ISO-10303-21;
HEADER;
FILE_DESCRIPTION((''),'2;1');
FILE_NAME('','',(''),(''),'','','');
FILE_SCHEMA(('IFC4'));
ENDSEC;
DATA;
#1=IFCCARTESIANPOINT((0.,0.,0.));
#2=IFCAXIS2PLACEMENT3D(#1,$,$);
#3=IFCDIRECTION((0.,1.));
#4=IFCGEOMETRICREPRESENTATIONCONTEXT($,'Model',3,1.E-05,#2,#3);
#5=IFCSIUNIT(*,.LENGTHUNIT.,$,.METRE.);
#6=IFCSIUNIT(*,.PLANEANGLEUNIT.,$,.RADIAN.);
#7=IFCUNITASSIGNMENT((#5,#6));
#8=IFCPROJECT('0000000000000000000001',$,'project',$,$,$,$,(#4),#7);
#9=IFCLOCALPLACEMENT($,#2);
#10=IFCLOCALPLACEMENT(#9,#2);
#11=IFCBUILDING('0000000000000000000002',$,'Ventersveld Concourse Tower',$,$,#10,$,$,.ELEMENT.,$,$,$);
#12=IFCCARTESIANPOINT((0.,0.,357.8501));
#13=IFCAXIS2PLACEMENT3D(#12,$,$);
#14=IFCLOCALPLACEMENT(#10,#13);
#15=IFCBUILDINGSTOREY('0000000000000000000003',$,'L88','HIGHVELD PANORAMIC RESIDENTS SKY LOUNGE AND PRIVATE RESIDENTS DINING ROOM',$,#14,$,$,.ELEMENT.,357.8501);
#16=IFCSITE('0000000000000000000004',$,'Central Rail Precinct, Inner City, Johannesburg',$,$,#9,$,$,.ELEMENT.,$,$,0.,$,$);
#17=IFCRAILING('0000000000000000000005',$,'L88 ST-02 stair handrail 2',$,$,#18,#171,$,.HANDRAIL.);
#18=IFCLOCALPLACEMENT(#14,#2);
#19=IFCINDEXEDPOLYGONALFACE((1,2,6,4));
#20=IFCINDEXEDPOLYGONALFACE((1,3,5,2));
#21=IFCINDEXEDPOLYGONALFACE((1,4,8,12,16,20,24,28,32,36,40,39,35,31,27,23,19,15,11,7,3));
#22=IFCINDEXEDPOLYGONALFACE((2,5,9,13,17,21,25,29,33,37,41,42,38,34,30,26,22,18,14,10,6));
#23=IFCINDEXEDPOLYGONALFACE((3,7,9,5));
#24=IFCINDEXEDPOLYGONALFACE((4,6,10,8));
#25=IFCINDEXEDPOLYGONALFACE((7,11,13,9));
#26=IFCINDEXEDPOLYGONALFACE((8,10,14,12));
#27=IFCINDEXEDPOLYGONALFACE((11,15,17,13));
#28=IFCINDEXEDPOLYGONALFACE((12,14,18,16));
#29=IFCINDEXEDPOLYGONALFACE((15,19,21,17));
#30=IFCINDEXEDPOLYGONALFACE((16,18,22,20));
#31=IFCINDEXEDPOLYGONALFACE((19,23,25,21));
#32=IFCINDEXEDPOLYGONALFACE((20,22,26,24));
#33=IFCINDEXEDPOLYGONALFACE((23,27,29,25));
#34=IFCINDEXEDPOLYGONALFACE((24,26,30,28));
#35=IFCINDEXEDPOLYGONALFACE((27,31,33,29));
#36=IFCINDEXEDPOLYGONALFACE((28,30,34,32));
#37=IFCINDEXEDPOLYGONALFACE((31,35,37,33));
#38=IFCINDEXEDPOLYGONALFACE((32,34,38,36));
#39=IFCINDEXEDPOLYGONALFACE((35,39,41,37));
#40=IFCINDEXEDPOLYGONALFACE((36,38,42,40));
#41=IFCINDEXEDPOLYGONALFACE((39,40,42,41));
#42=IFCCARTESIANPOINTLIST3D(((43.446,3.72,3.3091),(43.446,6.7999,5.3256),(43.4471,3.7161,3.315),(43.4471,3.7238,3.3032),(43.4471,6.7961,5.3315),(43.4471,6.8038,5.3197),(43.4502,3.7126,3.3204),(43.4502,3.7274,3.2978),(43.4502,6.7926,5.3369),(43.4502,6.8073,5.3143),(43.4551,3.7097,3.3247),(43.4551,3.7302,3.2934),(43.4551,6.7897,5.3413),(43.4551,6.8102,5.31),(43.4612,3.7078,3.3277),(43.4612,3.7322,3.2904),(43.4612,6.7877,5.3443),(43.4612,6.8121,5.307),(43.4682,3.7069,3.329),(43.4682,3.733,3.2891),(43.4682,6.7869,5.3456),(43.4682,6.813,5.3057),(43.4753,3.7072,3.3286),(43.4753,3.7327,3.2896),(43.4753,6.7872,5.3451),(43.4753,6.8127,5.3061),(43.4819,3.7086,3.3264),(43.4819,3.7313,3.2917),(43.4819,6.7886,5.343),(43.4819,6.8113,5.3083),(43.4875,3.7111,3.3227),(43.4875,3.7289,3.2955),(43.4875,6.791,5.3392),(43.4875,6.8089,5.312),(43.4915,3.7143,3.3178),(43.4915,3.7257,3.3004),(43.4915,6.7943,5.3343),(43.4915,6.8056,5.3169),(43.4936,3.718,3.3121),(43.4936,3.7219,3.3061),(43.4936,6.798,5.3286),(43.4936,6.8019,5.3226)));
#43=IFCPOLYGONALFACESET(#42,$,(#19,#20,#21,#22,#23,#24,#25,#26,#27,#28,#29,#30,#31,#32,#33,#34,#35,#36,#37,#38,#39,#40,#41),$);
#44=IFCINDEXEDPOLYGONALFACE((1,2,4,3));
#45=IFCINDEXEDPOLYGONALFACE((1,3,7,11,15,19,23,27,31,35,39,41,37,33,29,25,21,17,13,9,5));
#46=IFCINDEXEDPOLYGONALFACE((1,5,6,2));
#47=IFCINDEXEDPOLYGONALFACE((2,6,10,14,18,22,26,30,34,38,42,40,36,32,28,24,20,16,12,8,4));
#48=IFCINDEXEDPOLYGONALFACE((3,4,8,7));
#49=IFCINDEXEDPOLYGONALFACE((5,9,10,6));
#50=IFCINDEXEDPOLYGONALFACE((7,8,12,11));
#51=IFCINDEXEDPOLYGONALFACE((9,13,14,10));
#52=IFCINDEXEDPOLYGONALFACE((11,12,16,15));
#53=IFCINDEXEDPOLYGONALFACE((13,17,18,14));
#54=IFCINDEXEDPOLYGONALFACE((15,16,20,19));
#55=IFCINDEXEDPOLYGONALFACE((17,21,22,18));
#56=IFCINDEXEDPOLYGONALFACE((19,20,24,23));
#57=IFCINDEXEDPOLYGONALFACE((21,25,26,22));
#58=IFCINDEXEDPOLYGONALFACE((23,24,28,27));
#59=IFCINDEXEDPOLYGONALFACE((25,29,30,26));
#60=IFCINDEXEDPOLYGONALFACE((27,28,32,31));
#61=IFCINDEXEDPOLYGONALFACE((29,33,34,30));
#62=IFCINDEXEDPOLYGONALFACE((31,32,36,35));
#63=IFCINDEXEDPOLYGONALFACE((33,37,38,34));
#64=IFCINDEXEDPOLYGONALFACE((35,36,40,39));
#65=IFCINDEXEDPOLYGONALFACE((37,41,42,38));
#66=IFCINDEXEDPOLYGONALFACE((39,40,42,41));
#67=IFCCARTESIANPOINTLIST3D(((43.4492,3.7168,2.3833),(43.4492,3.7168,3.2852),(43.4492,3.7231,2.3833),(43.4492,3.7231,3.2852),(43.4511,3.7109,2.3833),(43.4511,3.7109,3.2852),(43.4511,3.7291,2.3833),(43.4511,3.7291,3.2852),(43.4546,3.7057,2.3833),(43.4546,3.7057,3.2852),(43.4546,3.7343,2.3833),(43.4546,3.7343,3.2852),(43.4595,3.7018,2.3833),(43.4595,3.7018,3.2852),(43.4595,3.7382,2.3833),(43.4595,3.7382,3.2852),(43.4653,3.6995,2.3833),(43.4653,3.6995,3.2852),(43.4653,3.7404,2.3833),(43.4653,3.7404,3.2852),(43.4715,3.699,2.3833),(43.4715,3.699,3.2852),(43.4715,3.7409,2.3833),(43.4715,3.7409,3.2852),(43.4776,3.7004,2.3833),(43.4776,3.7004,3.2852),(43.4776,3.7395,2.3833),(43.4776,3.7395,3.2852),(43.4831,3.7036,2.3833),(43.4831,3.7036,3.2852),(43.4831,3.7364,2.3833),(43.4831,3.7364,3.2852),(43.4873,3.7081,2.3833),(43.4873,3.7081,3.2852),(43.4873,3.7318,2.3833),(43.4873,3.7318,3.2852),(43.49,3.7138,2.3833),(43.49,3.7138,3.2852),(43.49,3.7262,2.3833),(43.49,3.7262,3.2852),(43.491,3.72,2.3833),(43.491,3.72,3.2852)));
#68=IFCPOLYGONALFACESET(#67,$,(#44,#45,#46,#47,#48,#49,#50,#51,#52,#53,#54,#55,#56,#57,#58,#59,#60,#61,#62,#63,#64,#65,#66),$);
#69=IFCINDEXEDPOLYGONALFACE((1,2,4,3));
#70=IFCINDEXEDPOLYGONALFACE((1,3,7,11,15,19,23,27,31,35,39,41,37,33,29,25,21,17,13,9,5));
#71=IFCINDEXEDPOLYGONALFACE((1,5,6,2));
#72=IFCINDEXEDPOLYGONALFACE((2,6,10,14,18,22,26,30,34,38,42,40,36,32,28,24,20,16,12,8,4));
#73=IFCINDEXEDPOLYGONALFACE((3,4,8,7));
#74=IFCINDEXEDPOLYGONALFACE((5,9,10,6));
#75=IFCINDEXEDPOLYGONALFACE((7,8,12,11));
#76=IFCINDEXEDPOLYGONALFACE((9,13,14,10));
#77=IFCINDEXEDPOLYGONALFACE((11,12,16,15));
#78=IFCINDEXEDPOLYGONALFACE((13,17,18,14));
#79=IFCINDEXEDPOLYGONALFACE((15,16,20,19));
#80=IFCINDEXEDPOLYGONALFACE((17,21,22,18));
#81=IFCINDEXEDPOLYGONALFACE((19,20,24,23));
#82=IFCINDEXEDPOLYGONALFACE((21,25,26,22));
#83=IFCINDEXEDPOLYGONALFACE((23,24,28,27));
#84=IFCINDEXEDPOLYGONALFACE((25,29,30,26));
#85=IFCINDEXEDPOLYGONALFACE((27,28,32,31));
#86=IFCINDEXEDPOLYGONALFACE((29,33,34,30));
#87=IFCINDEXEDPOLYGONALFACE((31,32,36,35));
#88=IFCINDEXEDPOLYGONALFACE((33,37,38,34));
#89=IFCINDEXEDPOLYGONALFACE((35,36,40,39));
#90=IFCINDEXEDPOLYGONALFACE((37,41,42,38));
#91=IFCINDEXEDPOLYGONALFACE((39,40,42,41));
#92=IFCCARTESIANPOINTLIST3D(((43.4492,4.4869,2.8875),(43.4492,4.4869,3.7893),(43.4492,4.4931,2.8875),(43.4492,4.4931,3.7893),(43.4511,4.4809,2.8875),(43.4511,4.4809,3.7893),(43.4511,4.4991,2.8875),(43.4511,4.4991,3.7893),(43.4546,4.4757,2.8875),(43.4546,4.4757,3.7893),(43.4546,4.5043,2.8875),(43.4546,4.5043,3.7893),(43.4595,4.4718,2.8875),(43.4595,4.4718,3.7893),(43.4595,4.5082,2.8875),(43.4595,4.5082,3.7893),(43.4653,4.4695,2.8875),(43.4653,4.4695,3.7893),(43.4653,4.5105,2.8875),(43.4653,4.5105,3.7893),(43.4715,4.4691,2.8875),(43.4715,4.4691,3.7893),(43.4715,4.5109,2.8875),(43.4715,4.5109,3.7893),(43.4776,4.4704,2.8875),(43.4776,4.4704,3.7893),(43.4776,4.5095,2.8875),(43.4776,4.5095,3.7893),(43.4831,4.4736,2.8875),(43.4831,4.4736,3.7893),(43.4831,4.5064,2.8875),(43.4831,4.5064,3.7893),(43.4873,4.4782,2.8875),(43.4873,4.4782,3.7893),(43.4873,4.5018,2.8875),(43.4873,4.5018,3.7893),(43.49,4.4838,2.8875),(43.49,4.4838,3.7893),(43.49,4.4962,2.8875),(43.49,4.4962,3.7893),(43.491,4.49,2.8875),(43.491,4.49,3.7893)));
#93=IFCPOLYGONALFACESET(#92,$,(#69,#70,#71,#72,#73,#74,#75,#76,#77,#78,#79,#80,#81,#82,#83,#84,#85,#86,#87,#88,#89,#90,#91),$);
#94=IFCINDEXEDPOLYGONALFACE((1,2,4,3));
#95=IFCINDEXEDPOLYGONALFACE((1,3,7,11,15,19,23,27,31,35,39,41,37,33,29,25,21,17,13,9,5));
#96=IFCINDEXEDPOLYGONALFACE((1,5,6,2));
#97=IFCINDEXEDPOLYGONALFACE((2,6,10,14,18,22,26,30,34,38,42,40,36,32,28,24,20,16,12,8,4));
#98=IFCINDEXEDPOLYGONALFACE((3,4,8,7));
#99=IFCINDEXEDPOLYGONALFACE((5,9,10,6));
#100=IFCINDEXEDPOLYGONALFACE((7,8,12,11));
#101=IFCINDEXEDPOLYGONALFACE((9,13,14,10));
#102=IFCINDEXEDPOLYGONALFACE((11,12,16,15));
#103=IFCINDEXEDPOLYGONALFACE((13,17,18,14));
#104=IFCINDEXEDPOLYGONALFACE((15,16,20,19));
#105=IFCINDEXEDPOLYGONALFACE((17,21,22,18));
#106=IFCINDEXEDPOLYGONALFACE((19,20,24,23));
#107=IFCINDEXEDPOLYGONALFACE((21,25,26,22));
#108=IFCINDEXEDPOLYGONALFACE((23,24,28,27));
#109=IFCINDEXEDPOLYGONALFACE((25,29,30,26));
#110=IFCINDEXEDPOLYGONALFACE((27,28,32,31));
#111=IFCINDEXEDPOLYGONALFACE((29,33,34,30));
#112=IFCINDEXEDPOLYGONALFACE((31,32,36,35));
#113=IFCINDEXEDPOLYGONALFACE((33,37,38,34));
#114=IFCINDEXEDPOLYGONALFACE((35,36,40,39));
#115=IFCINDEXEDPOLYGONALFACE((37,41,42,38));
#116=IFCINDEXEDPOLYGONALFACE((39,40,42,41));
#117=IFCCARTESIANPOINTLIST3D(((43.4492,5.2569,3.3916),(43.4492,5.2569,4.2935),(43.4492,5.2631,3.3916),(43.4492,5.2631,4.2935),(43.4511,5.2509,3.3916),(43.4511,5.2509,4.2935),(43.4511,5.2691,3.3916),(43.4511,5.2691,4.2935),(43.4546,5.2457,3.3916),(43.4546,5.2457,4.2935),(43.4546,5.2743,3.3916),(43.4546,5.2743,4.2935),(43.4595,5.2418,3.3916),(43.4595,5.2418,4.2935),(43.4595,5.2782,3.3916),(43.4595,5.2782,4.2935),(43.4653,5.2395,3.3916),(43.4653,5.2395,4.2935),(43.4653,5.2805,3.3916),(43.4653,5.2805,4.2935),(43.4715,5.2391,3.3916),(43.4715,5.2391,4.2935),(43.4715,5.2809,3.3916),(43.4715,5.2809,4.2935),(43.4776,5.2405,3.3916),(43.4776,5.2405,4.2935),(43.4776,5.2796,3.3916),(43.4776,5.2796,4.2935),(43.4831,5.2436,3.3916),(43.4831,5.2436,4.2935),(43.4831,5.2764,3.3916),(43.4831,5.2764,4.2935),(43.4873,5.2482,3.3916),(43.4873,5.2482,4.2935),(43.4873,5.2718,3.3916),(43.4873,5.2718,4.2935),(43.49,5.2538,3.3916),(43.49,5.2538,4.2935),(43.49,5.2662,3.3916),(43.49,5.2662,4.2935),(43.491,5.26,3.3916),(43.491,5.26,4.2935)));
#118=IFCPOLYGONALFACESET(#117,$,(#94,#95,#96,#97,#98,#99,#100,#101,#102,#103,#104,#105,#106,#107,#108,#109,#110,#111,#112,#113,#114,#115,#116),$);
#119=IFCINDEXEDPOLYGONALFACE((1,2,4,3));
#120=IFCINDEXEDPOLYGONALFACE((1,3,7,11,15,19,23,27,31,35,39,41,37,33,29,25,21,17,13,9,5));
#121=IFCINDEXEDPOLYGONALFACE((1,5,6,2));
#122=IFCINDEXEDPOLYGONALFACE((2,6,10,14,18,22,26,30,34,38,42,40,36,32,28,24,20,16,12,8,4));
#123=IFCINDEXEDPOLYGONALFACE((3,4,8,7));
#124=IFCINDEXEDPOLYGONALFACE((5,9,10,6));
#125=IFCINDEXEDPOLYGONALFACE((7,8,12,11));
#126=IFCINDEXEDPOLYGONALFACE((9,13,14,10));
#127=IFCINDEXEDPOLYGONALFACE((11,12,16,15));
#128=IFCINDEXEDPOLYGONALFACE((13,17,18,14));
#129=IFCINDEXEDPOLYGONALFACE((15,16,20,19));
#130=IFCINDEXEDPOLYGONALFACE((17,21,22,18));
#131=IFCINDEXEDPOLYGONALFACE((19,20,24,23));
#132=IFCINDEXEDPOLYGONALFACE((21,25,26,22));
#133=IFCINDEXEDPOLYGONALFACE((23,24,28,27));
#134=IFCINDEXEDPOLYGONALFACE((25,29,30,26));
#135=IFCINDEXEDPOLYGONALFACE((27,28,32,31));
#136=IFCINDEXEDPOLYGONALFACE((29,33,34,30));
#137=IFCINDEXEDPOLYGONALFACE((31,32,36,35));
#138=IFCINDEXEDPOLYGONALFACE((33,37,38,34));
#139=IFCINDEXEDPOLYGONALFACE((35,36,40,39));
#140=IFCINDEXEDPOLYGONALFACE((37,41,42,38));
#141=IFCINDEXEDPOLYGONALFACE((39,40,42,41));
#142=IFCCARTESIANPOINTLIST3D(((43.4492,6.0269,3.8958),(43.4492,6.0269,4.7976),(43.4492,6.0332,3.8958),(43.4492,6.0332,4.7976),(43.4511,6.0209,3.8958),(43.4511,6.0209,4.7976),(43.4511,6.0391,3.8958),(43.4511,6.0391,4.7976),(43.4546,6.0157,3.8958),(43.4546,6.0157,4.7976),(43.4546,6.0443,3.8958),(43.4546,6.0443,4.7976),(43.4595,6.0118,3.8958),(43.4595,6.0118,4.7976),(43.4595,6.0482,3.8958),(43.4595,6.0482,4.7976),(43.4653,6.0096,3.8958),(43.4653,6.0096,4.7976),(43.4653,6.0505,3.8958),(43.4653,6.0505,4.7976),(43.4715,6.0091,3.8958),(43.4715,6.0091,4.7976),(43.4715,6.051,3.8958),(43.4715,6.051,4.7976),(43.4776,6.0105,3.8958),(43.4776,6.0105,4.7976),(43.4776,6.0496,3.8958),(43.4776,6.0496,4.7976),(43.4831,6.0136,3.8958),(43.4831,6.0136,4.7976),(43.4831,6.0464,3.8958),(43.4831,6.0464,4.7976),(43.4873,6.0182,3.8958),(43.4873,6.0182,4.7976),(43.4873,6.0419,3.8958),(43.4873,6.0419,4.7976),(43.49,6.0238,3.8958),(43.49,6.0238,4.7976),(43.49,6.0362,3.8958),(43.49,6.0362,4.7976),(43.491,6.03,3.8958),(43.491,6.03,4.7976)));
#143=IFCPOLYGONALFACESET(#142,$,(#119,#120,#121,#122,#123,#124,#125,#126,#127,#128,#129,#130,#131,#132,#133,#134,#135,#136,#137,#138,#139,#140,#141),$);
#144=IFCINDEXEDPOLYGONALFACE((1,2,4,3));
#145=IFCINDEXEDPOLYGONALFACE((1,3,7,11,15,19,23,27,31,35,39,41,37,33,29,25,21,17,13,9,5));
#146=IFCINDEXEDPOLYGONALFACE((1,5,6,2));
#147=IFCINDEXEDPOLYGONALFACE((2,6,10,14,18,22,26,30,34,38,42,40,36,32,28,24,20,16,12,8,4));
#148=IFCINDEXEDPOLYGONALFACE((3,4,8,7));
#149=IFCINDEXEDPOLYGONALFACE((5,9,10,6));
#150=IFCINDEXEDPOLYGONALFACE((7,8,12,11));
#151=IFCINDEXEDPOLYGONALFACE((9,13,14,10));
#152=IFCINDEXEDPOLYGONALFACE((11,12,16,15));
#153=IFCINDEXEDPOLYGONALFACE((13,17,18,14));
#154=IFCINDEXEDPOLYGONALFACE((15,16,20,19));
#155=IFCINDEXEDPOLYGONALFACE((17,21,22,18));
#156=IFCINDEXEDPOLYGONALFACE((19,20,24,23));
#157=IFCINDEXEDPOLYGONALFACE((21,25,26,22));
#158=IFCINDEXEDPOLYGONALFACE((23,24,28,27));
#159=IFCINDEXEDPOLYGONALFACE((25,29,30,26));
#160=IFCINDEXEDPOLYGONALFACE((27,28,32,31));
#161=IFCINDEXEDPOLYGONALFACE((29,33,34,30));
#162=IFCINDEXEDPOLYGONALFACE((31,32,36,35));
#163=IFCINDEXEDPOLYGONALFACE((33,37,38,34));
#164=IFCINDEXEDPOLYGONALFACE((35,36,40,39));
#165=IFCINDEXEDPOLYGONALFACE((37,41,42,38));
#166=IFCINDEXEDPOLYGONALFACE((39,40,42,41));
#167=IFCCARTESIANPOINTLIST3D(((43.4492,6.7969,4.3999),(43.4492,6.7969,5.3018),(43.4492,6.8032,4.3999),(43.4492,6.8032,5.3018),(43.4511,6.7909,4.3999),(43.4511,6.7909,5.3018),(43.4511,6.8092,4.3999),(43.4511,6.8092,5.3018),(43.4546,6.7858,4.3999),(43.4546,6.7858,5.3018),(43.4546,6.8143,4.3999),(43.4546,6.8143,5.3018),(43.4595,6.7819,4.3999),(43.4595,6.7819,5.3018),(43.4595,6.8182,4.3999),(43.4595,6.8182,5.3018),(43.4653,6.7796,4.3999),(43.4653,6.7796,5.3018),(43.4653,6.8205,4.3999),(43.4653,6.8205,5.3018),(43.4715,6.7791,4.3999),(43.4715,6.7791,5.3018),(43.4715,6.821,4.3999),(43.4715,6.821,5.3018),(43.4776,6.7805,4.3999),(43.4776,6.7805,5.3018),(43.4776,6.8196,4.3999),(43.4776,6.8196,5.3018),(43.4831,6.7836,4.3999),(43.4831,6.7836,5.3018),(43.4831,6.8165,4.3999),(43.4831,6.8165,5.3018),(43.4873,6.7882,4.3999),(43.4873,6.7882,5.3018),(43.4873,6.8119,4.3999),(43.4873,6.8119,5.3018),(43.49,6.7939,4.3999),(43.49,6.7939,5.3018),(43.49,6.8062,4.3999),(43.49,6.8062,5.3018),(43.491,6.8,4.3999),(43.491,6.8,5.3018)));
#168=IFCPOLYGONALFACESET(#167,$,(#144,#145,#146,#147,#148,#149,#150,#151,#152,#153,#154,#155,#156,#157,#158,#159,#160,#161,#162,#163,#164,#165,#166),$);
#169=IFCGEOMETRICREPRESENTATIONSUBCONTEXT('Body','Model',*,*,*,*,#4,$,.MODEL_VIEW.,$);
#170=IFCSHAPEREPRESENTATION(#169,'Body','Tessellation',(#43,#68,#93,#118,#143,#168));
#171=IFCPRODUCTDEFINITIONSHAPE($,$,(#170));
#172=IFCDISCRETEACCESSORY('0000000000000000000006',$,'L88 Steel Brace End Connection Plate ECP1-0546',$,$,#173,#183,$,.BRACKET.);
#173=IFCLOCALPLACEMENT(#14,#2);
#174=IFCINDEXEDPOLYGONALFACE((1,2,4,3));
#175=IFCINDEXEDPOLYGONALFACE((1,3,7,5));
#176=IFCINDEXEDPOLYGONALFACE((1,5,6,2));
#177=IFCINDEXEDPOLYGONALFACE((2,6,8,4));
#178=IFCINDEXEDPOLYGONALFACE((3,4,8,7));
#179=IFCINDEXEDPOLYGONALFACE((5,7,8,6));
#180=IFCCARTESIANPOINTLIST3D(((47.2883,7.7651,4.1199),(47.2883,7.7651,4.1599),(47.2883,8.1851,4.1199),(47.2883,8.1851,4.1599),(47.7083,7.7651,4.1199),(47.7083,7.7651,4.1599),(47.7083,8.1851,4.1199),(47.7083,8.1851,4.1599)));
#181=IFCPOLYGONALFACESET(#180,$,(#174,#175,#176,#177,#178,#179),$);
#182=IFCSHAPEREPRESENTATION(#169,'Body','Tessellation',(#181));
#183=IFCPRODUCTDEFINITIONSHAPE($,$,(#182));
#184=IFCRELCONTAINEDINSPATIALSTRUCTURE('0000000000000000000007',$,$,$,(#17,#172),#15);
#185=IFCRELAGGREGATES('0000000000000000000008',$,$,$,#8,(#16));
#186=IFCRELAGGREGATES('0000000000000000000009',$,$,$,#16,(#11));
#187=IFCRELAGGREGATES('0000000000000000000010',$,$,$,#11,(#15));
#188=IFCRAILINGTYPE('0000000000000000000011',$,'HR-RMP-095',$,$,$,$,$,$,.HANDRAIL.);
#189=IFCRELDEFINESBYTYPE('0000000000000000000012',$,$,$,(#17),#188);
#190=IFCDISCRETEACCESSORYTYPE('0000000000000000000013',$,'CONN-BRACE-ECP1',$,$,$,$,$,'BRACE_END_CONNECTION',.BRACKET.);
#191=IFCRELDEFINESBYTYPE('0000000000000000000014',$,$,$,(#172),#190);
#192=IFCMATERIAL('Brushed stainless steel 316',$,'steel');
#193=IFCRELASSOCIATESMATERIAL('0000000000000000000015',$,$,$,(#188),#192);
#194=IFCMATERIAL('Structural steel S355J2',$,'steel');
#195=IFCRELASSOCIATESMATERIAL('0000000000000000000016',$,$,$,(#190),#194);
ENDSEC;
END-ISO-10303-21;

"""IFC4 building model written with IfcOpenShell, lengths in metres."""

from ifc_helpers import new_model, si_unit, direction, frame, origin, origin_2d, place, context, subcontext, project, spatial, rectangle, circle, extrude, material, type_object, element, save


model = new_model("IFC4")

# Units and contexts
model_context = context("Model", 3, precision=1e-05, world=origin(), true_north=direction((0.0, 1.0)))
body_context = subcontext(model_context, "Body", "Model", "MODEL_VIEW")
ifc_project = project(units=[si_unit("LENGTHUNIT", "METRE"), si_unit("PLANEANGLEUNIT", "RADIAN")], contexts=[model_context])

# Site, building, storey
site_placement = place(None, origin())
site = spatial("IfcSite", under=ifc_project, at=site_placement, Name="Central Rail Precinct, Inner City, Johannesburg", CompositionType="ELEMENT", RefElevation=0.0)
building_placement = place(site_placement, origin())
building = spatial("IfcBuilding", under=site, at=building_placement, Name="Ventersveld Concourse Tower", CompositionType="ELEMENT")
storey_placement = place(building_placement, frame((0.0, 0.0, 357.8501)))
storey = spatial("IfcBuildingStorey", under=building, at=storey_placement, Name="L88", Description="HIGHVELD PANORAMIC RESIDENTS SKY LOUNGE AND PRIVATE RESIDENTS DINING ROOM", CompositionType="ELEMENT", Elevation=357.8501)

# Shared definitions
ifc_material_1 = material(Name="Structural steel S355J2", Category="steel")

# Railing
ifc_material_2 = material(Name="Brushed stainless steel 316", Category="steel")
railing_type_1 = type_object("IfcRailingType", Name="HR-RMP-095", PredefinedType="HANDRAIL", material=ifc_material_2)
railing_1_placement = place(storey_placement, frame((43.47, 3.72, 2.3833)))
element("IfcRailing", 1, at=railing_1_placement, inside=storey, type_object=railing_type_1, Name="L88 ST-02 stair handrail 2", PredefinedType="HANDRAIL", context=body_context, shape_type="SweptSolid", body=[
    extrude(circle(Radius=0.0239, at=origin_2d()), frame((0.0, 0.0, 0.9258), z_axis=(0.0, 0.836633, 0.547764), x_axis=(-1.0, 0.0, 0.0)), (0.0, 0.0, 1.0), 3.6814),
    extrude(circle(Radius=0.021, at=origin_2d()), origin(), (0.0, 0.0, 1.0), 0.9019),
    extrude(circle(Radius=0.021, at=origin_2d()), frame((0.0, 0.77, 0.5042)), (0.0, 0.0, 1.0), 0.9019),
    extrude(circle(Radius=0.021, at=origin_2d()), frame((0.0, 1.54, 1.0083)), (0.0, 0.0, 1.0), 0.9019),
    extrude(circle(Radius=0.021, at=origin_2d()), frame((0.0, 2.3101, 1.5125)), (0.0, 0.0, 1.0), 0.9019),
    extrude(circle(Radius=0.021, at=origin_2d()), frame((0.0, 3.0801, 2.0166)), (0.0, 0.0, 1.0), 0.9019),
])

# Discrete accessory
discrete_accessory_type = type_object("IfcDiscreteAccessoryType", Name="CONN-BRACE-ECP1", ElementType="BRACE_END_CONNECTION", PredefinedType="BRACKET", material=ifc_material_1)
discrete_accessory_placement = place(storey_placement, frame((47.4983, 7.9751, 4.1199), z_axis=(0.0, 0.0, 1.0), x_axis=(1.0, 0.0, 0.0)))
element("IfcDiscreteAccessory", 2, at=discrete_accessory_placement, inside=storey, type_object=discrete_accessory_type, Name="L88 Steel Brace End Connection Plate ECP1-0546", PredefinedType="BRACKET", context=body_context, shape_type="SweptSolid", body=[
    extrude(rectangle(XDim=0.4199, YDim=0.4199, at=origin_2d()), origin(), (0.0, 0.0, 1.0), 0.04),
])

save(model, "model.ifc")
